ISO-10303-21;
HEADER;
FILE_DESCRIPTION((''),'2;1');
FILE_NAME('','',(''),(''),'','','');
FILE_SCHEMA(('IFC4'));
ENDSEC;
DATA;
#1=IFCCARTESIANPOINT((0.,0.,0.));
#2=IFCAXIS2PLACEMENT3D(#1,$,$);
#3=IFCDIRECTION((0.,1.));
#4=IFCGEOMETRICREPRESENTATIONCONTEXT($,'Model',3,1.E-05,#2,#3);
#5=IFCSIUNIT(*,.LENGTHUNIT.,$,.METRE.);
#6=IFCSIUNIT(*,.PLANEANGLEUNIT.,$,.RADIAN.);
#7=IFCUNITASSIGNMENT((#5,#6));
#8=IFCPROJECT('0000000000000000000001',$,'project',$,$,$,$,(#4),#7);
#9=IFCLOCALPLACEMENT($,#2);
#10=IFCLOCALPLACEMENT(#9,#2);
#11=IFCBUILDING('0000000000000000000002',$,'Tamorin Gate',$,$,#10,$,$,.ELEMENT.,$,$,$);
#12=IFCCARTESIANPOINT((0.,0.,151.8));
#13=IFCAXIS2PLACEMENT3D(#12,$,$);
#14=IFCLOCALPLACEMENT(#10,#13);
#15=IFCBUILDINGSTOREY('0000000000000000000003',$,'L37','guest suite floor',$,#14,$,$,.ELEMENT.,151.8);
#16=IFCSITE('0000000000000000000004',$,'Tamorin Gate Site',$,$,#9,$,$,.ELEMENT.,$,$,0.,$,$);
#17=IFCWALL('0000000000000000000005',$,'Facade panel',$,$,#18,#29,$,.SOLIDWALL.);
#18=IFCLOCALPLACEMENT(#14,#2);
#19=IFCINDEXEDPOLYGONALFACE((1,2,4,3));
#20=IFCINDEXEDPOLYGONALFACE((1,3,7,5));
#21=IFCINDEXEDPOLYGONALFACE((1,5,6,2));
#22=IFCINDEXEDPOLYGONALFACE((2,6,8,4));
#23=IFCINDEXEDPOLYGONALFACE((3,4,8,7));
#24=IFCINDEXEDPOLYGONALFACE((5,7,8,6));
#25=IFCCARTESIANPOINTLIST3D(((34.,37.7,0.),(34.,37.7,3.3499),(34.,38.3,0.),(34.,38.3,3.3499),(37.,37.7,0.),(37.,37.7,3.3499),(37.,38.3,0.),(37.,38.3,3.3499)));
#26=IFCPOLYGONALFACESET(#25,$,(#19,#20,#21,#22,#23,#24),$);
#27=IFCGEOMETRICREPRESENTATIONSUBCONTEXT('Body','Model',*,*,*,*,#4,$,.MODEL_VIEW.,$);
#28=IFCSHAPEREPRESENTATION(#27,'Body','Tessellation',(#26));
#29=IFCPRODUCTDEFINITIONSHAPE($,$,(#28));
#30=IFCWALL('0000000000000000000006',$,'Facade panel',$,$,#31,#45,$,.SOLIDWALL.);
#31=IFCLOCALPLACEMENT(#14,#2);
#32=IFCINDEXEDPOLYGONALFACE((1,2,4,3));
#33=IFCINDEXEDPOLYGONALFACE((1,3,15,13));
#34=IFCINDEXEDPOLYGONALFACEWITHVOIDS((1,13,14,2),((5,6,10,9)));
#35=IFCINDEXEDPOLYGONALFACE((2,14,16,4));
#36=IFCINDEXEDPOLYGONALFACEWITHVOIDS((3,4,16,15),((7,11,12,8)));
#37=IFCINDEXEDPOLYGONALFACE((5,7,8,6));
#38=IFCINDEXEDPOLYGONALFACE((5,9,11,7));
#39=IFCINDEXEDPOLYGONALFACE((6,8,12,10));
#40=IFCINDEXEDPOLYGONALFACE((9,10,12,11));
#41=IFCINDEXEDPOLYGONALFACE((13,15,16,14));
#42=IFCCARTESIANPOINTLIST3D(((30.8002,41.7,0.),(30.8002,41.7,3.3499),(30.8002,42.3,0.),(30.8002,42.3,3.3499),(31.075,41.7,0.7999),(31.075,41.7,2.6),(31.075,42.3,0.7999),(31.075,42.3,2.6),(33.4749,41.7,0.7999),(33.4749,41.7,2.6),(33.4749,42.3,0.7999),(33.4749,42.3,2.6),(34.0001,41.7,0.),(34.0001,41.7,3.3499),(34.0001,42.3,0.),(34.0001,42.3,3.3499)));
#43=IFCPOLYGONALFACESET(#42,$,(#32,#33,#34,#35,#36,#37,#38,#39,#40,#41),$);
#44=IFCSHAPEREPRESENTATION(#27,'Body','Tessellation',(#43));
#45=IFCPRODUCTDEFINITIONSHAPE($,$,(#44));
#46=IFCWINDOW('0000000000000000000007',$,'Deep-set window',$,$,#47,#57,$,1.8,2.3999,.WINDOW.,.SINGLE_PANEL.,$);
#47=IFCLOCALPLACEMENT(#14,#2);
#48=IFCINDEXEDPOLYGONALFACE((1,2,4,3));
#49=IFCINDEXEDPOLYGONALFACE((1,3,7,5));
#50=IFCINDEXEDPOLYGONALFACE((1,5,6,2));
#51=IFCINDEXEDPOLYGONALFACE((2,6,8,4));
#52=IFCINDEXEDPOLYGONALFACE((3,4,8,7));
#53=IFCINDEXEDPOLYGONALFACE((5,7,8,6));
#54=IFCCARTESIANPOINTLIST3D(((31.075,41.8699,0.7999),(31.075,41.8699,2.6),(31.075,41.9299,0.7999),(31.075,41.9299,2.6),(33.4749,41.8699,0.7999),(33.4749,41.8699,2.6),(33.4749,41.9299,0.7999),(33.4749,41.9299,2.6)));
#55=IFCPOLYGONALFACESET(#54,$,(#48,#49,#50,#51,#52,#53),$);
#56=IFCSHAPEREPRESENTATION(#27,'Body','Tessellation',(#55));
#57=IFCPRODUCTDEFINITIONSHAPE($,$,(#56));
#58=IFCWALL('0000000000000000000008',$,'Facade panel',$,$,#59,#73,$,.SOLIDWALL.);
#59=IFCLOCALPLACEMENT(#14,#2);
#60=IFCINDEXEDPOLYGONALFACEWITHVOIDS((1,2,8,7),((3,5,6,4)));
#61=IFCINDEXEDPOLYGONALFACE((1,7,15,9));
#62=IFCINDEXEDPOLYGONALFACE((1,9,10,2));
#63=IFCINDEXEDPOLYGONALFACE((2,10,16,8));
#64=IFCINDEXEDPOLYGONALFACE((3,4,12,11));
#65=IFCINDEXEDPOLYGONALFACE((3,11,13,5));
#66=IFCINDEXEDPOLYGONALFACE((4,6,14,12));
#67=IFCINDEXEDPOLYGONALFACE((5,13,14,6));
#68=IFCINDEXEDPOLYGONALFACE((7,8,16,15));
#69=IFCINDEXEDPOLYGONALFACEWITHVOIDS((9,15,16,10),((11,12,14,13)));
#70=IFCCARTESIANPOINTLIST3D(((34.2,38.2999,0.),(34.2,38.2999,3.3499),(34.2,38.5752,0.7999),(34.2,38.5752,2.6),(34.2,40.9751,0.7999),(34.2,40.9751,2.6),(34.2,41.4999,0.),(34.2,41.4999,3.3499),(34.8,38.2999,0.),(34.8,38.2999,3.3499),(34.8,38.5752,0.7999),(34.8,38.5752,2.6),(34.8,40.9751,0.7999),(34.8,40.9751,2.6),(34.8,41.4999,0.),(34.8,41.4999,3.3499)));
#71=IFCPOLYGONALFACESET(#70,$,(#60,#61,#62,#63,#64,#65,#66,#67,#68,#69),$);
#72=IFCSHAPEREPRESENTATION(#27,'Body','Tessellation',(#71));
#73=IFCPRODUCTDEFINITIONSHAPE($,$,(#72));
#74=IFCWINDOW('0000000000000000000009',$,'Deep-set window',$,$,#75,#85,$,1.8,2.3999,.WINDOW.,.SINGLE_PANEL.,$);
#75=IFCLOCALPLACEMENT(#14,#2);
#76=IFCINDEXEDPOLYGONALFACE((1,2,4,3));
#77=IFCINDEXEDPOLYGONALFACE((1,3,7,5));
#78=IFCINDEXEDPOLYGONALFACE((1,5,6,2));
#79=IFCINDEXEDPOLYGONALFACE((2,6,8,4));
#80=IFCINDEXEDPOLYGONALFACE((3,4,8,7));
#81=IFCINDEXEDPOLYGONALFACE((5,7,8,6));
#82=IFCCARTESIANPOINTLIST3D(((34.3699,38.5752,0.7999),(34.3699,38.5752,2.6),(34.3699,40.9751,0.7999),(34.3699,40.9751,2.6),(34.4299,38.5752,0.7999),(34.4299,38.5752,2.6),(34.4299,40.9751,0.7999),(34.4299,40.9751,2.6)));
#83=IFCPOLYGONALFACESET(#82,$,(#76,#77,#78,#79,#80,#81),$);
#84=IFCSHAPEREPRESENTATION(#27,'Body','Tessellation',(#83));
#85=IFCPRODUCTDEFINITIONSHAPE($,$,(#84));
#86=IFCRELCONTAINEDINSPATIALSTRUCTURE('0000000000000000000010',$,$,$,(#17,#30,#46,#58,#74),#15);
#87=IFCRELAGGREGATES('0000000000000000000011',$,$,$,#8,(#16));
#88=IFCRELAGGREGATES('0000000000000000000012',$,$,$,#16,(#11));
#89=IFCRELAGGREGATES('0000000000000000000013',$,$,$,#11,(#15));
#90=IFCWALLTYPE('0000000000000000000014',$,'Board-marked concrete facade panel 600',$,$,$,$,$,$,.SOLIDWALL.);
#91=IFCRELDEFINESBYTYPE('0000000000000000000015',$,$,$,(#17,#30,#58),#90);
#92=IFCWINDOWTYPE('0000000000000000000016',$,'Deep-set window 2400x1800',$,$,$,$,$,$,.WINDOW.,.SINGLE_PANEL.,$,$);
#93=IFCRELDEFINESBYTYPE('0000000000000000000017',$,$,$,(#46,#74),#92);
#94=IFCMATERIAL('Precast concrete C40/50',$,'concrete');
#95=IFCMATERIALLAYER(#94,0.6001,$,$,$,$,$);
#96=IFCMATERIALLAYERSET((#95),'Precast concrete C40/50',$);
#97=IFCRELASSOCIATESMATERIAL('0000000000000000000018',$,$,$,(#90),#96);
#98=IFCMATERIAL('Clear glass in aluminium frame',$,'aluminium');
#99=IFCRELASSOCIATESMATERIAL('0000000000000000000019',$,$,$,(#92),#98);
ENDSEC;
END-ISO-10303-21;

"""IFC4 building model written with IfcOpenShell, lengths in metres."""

from ifc_helpers import new_model, si_unit, direction, frame, frame_2d, origin, place, context, subcontext, project, spatial, rectangle, extrude, material, layer, layer_set, type_object, element, fill, save


model = new_model("IFC4")

# Units and contexts
model_context = context("Model", 3, precision=1e-05, world=origin(), true_north=direction((0.0, 1.0)))
body_context = subcontext(model_context, "Body", "Model", "MODEL_VIEW")
ifc_project = project(units=[si_unit("LENGTHUNIT", "METRE"), si_unit("PLANEANGLEUNIT", "RADIAN")], contexts=[model_context])

# Site, building, storey
site_placement = place(None, origin())
site = spatial("IfcSite", under=ifc_project, at=site_placement, Name="Tamorin Gate Site", CompositionType="ELEMENT", RefElevation=0.0)
building_placement = place(site_placement, origin())
building = spatial("IfcBuilding", under=site, at=building_placement, Name="Tamorin Gate", CompositionType="ELEMENT")
storey_placement = place(building_placement, frame((0.0, 0.0, 151.8)))
storey = spatial("IfcBuildingStorey", under=building, at=storey_placement, Name="L37", Description="guest suite floor", CompositionType="ELEMENT", Elevation=151.8)

# Wall
ifc_material_1 = material(Name="Precast concrete C40/50", Category="concrete")
ifc_layer_1 = layer(ifc_material_1, 0.6001)
ifc_layer_set_1 = layer_set([ifc_layer_1], Name="Precast concrete C40/50")
wall_type = type_object("IfcWallType", Name="Board-marked concrete facade panel 600", PredefinedType="SOLIDWALL", material=ifc_layer_set_1)
wall_1_placement = place(storey_placement, frame((34.0, 38.0, 0.0), z_axis=(0.0, 0.0, 1.0), x_axis=(1.0, 0.0, 0.0)))
element("IfcWall", 1, at=wall_1_placement, inside=storey, type_object=wall_type, Name="Facade panel", PredefinedType="SOLIDWALL", context=body_context, shape_type="SweptSolid", body=[
    extrude(rectangle(XDim=3.0, YDim=0.6001, at=frame_2d((1.5, 0.0))), origin(), (0.0, 0.0, 1.0), 3.3499),
])

# Walls, openings, windows
wall_2_placement = place(storey_placement, frame((30.8, 42.0, 0.0), z_axis=(0.0, 0.0, 1.0), x_axis=(1.0, 0.0, 0.0)))
wall_2 = element("IfcWall", 2, at=wall_2_placement, inside=storey, type_object=wall_type, Name="Facade panel", PredefinedType="SOLIDWALL", context=body_context, shape_type="SweptSolid", body=[
    extrude(rectangle(XDim=3.2, YDim=0.6001, at=frame_2d((1.6001, 0.0))), origin(), (0.0, 0.0, 1.0), 3.3499),
])
opening_1_placement = place(wall_2_placement, frame((0.2749, 0.0, 0.8)))
opening_1 = element("IfcOpeningElement", 3, at=opening_1_placement, cuts=wall_2, PredefinedType="OPENING", context=body_context, shape_type="SweptSolid", body=[
    extrude(rectangle(XDim=2.3999, YDim=1.8, at=frame_2d((1.2, 0.8999))), frame((0.0, 0.3101, 0.0), z_axis=(0.0, -1.0, 0.0), x_axis=(1.0, 0.0, 0.0)), (0.0, 0.0, 1.0), 0.6201),
])
ifc_material_2 = material(Name="Clear glass in aluminium frame", Category="aluminium")
window_type = type_object("IfcWindowType", Name="Deep-set window 2400x1800", PartitioningType="SINGLE_PANEL", PredefinedType="WINDOW", material=ifc_material_2)
window_1_placement = place(opening_1_placement, origin())
window_1 = element("IfcWindow", 4, at=window_1_placement, inside=storey, type_object=window_type, Name="Deep-set window", OverallHeight=1.8, OverallWidth=2.3999, PartitioningType="SINGLE_PANEL", PredefinedType="WINDOW", context=body_context, shape_type="SweptSolid", body=[
    extrude(rectangle(XDim=2.3999, YDim=1.8, at=frame_2d((1.2, 0.8999))), frame((0.0, -0.0701, 0.0), z_axis=(0.0, -1.0, 0.0), x_axis=(1.0, 0.0, 0.0)), (0.0, 0.0, 1.0), 0.0601),
])
fill(opening_1, window_1)
wall_3_placement = place(storey_placement, frame((34.5, 41.5, 0.0), z_axis=(0.0, 0.0, 1.0), x_axis=(0.0, -1.0, 0.0)))
wall_3 = element("IfcWall", 5, at=wall_3_placement, inside=storey, type_object=wall_type, Name="Facade panel", PredefinedType="SOLIDWALL", context=body_context, shape_type="SweptSolid", body=[
    extrude(rectangle(XDim=3.2, YDim=0.6001, at=frame_2d((1.6001, 0.0))), origin(), (0.0, 0.0, 1.0), 3.3499),
])
opening_2_placement = place(wall_3_placement, frame((0.5249, 0.0, 0.8)))
opening_2 = element("IfcOpeningElement", 6, at=opening_2_placement, cuts=wall_3, PredefinedType="OPENING", context=body_context, shape_type="SweptSolid", body=[
    extrude(rectangle(XDim=2.3999, YDim=1.8, at=frame_2d((1.2, 0.8999))), frame((0.0, 0.3101, 0.0), z_axis=(0.0, -1.0, 0.0), x_axis=(1.0, 0.0, 0.0)), (0.0, 0.0, 1.0), 0.6201),
])
window_2_placement = place(opening_2_placement, origin())
window_2 = element("IfcWindow", 7, at=window_2_placement, inside=storey, type_object=window_type, Name="Deep-set window", OverallHeight=1.8, OverallWidth=2.3999, PartitioningType="SINGLE_PANEL", PredefinedType="WINDOW", context=body_context, shape_type="SweptSolid", body=[
    extrude(rectangle(XDim=2.3999, YDim=1.8, at=frame_2d((1.2, 0.8999))), frame((0.0, -0.0701, 0.0), z_axis=(0.0, -1.0, 0.0), x_axis=(1.0, 0.0, 0.0)), (0.0, 0.0, 1.0), 0.0601),
])
fill(opening_2, window_2)

save(model, "model.ifc")
